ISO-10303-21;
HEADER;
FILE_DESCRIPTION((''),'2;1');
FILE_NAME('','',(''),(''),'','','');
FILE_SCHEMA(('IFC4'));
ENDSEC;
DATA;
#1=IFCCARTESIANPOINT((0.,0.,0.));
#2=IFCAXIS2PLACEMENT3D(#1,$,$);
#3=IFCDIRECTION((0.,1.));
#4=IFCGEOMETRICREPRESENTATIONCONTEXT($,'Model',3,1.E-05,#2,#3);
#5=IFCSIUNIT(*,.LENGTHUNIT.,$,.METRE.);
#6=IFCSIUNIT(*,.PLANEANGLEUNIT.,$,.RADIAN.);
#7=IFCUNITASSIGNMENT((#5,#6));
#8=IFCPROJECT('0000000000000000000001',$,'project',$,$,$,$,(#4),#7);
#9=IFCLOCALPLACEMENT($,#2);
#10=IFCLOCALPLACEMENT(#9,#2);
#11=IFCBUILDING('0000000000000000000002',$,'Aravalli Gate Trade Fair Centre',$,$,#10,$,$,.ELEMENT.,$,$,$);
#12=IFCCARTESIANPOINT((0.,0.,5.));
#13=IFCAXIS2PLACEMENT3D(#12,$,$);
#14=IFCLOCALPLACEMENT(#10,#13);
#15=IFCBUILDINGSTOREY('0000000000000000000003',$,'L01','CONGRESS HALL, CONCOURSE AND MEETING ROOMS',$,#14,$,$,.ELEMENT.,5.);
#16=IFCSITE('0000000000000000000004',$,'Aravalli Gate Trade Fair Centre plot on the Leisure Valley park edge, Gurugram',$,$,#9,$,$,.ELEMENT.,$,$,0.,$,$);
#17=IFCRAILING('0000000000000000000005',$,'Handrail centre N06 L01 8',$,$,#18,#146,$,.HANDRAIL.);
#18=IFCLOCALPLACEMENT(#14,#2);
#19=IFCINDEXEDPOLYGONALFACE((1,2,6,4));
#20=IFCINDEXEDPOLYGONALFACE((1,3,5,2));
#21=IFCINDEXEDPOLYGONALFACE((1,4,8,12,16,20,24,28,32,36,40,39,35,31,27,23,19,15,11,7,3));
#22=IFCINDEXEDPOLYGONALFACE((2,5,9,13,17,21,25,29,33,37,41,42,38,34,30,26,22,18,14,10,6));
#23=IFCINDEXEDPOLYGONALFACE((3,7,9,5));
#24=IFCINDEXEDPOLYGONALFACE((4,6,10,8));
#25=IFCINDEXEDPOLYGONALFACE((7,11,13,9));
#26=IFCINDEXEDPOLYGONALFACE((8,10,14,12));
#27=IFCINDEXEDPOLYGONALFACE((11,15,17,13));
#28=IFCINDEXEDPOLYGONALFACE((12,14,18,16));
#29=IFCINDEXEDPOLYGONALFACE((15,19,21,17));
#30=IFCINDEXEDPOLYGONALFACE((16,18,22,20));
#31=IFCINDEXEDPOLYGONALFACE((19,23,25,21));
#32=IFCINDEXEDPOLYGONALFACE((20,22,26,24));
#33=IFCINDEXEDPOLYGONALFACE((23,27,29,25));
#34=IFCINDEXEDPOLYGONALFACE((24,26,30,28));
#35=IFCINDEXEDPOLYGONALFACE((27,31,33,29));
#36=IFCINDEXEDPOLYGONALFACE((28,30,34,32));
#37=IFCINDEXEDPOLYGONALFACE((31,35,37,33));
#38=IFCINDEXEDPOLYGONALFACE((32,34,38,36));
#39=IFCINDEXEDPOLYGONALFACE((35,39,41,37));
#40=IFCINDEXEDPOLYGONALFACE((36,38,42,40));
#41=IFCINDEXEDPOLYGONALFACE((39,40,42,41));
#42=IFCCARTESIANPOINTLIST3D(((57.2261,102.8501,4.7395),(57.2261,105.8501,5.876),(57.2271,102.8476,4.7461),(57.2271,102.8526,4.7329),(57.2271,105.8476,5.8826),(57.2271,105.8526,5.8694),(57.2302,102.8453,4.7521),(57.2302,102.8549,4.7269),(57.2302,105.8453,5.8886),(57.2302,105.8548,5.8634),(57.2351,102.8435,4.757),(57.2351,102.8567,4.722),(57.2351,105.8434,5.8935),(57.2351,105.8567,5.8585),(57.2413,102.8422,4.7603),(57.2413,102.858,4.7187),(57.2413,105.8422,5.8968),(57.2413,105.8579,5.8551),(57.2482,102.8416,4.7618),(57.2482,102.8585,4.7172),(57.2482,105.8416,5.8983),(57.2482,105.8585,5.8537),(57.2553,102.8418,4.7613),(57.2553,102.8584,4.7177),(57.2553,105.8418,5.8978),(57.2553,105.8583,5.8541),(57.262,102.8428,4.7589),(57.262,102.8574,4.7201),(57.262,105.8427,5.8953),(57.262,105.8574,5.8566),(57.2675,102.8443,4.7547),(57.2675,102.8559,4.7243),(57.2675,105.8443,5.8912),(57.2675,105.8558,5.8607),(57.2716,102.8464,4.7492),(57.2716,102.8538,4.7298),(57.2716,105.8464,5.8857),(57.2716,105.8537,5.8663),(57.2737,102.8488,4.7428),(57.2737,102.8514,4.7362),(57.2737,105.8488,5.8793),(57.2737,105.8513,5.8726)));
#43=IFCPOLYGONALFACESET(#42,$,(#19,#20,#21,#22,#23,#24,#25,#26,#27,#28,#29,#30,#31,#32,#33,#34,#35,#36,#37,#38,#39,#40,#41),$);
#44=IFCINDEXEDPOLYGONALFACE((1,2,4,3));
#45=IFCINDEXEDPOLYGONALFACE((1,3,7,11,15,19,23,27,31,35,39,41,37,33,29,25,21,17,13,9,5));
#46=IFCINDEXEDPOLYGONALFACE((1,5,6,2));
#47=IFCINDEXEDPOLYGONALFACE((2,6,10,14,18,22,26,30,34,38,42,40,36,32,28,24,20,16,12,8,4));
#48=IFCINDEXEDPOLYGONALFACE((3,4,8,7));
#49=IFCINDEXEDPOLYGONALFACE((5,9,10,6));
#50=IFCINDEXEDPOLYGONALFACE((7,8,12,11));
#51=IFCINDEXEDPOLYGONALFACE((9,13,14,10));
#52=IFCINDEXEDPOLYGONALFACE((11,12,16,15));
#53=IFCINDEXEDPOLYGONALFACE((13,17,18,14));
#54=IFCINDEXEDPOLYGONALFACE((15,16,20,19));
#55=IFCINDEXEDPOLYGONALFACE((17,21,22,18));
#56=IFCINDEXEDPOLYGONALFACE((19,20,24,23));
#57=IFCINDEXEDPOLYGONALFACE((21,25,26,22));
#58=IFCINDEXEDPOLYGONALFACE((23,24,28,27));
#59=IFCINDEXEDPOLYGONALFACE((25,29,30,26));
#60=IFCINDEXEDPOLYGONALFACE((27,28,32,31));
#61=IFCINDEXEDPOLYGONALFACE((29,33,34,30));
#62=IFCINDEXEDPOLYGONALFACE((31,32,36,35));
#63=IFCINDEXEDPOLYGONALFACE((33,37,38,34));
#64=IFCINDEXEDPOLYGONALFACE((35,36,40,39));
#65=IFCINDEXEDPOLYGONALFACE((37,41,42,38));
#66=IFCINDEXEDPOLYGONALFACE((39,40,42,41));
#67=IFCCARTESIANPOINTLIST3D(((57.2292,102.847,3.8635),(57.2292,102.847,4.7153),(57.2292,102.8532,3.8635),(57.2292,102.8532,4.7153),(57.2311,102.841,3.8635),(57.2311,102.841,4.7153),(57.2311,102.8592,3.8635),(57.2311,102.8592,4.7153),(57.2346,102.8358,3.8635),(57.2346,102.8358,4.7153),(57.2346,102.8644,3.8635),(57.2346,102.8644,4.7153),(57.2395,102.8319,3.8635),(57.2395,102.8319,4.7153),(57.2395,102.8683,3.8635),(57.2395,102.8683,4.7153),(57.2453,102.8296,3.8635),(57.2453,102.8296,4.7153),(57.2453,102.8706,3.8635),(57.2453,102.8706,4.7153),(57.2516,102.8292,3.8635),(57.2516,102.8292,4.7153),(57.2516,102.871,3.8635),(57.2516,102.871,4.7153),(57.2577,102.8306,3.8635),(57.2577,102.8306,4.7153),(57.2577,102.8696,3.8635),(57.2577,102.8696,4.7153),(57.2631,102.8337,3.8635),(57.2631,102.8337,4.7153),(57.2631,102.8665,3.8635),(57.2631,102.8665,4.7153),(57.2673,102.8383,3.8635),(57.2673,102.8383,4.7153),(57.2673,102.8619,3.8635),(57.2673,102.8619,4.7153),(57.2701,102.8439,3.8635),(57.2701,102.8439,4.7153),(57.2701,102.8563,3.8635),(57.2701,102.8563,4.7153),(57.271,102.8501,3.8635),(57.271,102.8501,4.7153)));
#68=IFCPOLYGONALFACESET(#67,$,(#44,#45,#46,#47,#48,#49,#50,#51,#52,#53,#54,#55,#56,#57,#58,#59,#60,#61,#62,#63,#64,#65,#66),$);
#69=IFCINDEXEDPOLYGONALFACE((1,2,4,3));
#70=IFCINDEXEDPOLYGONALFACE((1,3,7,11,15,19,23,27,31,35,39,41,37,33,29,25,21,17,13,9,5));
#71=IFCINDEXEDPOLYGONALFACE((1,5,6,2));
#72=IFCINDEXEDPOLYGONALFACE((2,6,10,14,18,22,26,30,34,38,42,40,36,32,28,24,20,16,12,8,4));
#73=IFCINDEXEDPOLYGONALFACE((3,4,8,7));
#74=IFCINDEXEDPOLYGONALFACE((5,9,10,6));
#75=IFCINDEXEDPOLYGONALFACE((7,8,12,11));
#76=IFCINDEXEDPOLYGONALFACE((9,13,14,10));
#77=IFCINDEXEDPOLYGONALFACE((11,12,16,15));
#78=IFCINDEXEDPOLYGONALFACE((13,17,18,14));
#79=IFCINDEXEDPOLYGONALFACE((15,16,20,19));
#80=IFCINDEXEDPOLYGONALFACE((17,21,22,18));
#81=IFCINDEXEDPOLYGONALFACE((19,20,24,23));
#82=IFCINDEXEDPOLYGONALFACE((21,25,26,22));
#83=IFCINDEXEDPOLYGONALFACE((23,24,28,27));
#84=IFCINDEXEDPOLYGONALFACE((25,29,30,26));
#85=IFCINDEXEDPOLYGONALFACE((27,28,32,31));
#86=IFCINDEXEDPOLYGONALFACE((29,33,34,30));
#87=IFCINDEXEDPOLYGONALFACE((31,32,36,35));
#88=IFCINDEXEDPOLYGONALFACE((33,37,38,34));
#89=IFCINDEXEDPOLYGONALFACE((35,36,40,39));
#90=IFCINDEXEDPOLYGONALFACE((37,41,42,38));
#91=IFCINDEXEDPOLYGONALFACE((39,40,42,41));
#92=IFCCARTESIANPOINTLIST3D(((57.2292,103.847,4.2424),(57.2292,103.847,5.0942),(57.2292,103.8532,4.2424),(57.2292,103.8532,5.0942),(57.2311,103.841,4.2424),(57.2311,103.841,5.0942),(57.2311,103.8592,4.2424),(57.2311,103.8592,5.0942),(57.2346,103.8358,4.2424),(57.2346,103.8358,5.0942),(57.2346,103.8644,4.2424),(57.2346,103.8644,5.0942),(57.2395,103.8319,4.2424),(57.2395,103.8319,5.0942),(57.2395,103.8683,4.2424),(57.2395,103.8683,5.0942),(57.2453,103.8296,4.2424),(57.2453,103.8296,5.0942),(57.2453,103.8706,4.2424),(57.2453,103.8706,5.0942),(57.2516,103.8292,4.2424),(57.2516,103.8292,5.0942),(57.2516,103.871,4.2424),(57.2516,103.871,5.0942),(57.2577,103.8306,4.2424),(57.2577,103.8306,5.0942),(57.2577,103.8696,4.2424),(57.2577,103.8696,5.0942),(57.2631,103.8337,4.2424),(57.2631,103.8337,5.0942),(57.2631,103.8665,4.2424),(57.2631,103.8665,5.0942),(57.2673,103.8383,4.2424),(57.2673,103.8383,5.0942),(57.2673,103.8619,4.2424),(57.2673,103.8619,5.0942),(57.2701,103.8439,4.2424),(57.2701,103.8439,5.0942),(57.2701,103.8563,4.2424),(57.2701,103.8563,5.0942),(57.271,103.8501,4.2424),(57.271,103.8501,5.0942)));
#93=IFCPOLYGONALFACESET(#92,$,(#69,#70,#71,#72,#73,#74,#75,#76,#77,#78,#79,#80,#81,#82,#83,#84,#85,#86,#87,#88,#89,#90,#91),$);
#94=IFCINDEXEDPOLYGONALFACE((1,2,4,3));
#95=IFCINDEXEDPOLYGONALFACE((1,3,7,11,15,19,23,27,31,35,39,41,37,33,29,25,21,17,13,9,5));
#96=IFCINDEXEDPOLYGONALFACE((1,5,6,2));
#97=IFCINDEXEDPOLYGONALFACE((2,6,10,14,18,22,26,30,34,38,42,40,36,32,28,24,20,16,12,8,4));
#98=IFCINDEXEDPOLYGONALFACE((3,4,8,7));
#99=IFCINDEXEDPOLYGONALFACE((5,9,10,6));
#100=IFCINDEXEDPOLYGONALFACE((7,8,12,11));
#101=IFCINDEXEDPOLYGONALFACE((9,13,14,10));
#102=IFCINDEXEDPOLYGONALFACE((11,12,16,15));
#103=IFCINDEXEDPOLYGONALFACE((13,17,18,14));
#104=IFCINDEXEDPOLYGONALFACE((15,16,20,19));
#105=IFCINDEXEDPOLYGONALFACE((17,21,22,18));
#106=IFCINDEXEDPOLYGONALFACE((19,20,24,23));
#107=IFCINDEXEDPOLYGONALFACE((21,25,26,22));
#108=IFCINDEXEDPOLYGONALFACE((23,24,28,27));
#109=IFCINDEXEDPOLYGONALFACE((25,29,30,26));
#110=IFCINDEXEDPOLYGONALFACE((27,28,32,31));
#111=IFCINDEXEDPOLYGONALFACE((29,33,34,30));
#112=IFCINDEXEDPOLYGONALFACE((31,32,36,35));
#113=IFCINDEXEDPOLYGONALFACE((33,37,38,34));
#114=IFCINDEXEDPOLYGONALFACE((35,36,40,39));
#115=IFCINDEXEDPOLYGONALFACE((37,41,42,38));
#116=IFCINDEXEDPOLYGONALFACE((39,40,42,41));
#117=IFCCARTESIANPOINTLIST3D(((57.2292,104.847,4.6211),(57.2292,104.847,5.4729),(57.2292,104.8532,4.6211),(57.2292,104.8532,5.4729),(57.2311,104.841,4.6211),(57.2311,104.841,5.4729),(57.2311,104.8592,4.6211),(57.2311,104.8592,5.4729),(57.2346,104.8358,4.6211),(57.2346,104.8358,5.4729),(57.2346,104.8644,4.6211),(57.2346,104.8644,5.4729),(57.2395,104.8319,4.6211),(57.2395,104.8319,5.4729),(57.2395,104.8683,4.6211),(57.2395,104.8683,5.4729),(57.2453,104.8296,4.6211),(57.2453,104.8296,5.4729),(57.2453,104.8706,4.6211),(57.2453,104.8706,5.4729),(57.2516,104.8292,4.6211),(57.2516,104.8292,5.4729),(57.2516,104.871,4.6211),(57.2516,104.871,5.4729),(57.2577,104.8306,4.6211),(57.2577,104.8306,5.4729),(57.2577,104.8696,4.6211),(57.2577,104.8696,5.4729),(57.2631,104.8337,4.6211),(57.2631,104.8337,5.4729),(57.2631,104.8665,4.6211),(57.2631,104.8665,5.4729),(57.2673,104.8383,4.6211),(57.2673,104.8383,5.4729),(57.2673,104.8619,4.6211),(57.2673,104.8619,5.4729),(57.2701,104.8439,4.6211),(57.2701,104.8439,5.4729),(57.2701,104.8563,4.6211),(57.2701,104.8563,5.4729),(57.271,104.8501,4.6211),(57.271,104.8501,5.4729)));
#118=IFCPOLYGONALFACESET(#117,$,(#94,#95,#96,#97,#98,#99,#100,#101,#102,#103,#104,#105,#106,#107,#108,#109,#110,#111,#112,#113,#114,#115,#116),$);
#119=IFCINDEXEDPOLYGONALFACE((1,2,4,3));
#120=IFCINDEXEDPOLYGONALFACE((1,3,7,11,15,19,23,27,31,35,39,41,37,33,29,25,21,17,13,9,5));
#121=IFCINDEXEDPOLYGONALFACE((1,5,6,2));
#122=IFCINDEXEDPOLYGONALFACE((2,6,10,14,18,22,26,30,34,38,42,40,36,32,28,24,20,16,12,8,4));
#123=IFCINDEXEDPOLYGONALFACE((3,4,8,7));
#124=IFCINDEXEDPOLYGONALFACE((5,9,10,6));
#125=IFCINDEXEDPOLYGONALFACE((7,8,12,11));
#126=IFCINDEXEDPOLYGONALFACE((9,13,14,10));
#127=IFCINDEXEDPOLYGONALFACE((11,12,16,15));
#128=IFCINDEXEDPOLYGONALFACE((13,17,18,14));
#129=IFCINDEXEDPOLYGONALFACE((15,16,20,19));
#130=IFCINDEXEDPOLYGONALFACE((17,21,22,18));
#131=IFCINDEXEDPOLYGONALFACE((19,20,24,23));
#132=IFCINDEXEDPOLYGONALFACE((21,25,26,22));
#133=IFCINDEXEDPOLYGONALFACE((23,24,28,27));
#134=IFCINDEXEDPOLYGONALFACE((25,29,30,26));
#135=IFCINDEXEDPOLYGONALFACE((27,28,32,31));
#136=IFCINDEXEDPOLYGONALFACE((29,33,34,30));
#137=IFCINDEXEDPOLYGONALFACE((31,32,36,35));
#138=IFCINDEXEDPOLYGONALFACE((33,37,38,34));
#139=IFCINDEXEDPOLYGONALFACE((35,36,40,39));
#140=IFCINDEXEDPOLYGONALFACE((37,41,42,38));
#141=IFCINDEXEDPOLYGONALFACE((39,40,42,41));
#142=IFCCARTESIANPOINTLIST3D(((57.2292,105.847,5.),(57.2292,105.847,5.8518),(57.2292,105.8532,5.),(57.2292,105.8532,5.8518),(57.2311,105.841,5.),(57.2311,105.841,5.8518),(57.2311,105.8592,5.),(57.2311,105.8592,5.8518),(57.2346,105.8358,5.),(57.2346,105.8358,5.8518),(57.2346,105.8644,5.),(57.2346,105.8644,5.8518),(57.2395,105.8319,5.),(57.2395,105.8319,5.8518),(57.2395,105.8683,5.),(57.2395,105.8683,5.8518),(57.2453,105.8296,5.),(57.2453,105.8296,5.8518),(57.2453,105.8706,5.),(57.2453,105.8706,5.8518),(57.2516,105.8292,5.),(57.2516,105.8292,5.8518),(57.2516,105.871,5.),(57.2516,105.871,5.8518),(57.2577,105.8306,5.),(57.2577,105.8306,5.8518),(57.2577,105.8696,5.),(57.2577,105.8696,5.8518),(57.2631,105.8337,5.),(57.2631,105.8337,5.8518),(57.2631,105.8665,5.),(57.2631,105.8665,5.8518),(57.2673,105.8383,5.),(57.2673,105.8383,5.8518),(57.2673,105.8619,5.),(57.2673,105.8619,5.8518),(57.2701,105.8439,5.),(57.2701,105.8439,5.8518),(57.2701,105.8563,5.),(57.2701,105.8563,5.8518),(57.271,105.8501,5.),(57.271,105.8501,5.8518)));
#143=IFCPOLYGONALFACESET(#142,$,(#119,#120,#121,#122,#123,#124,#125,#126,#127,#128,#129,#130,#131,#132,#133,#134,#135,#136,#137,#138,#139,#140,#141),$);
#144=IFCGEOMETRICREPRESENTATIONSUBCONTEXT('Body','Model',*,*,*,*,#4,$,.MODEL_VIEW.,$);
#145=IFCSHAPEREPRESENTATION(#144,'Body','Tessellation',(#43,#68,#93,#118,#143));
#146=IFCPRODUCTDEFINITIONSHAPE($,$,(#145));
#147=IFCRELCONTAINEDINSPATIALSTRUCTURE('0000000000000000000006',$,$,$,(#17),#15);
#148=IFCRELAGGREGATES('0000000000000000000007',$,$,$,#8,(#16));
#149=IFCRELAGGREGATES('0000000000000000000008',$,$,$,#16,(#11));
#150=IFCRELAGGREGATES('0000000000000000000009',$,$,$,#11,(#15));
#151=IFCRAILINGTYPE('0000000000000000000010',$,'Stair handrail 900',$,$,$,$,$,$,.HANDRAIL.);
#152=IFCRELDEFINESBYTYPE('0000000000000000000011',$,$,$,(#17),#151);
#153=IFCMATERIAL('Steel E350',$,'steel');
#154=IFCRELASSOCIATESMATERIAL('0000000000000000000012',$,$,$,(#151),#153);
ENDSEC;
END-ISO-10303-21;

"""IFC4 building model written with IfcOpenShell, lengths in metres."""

from ifc_helpers import new_model, si_unit, direction, frame, origin, origin_2d, place, context, subcontext, project, spatial, circle, extrude, material, type_object, element, save


model = new_model("IFC4")

# Units and contexts
model_context = context("Model", 3, precision=1e-05, world=origin(), true_north=direction((0.0, 1.0)))
body_context = subcontext(model_context, "Body", "Model", "MODEL_VIEW")
ifc_project = project(units=[si_unit("LENGTHUNIT", "METRE"), si_unit("PLANEANGLEUNIT", "RADIAN")], contexts=[model_context])

# Site, building, storey
site_placement = place(None, origin())
site = spatial("IfcSite", under=ifc_project, at=site_placement, Name="Aravalli Gate Trade Fair Centre plot on the Leisure Valley park edge, Gurugram", CompositionType="ELEMENT", RefElevation=0.0)
building_placement = place(site_placement, origin())
building = spatial("IfcBuilding", under=site, at=building_placement, Name="Aravalli Gate Trade Fair Centre", CompositionType="ELEMENT")
storey_placement = place(building_placement, frame((0.0, 0.0, 5.0)))
storey = spatial("IfcBuildingStorey", under=building, at=storey_placement, Name="L01", Description="CONGRESS HALL, CONCOURSE AND MEETING ROOMS", CompositionType="ELEMENT", Elevation=5.0)

# Railing
ifc_material_1 = material(Name="Steel E350", Category="steel")
railing_type = type_object("IfcRailingType", Name="Stair handrail 900", PredefinedType="HANDRAIL", material=ifc_material_1)
for number, where, name in (
    (1, (57.25, 102.8501, 3.8635), "Handrail centre N06 L01 8"),
):
    element("IfcRailing", number, at=place(storey_placement, frame(where)), inside=storey, type_object=railing_type, Name=name, PredefinedType="HANDRAIL", context=body_context, shape_type="SweptSolid", body=[
        extrude(circle(Radius=0.0239, at=origin_2d()), frame((0.0, 0.0, 0.876), z_axis=(0.0, 0.935148, 0.354257), x_axis=(-1.0, 0.0, 0.0)), (0.0, 0.0, 1.0), 3.208),
        extrude(circle(Radius=0.021, at=origin_2d()), origin(), (0.0, 0.0, 1.0), 0.8518),
        extrude(circle(Radius=0.021, at=origin_2d()), frame((0.0, 1.0, 0.3789)), (0.0, 0.0, 1.0), 0.8518),
        extrude(circle(Radius=0.021, at=origin_2d()), frame((0.0, 2.0, 0.7576)), (0.0, 0.0, 1.0), 0.8518),
        extrude(circle(Radius=0.021, at=origin_2d()), frame((0.0, 3.0, 1.1365)), (0.0, 0.0, 1.0), 0.8518),
    ])

save(model, "model.ifc")
